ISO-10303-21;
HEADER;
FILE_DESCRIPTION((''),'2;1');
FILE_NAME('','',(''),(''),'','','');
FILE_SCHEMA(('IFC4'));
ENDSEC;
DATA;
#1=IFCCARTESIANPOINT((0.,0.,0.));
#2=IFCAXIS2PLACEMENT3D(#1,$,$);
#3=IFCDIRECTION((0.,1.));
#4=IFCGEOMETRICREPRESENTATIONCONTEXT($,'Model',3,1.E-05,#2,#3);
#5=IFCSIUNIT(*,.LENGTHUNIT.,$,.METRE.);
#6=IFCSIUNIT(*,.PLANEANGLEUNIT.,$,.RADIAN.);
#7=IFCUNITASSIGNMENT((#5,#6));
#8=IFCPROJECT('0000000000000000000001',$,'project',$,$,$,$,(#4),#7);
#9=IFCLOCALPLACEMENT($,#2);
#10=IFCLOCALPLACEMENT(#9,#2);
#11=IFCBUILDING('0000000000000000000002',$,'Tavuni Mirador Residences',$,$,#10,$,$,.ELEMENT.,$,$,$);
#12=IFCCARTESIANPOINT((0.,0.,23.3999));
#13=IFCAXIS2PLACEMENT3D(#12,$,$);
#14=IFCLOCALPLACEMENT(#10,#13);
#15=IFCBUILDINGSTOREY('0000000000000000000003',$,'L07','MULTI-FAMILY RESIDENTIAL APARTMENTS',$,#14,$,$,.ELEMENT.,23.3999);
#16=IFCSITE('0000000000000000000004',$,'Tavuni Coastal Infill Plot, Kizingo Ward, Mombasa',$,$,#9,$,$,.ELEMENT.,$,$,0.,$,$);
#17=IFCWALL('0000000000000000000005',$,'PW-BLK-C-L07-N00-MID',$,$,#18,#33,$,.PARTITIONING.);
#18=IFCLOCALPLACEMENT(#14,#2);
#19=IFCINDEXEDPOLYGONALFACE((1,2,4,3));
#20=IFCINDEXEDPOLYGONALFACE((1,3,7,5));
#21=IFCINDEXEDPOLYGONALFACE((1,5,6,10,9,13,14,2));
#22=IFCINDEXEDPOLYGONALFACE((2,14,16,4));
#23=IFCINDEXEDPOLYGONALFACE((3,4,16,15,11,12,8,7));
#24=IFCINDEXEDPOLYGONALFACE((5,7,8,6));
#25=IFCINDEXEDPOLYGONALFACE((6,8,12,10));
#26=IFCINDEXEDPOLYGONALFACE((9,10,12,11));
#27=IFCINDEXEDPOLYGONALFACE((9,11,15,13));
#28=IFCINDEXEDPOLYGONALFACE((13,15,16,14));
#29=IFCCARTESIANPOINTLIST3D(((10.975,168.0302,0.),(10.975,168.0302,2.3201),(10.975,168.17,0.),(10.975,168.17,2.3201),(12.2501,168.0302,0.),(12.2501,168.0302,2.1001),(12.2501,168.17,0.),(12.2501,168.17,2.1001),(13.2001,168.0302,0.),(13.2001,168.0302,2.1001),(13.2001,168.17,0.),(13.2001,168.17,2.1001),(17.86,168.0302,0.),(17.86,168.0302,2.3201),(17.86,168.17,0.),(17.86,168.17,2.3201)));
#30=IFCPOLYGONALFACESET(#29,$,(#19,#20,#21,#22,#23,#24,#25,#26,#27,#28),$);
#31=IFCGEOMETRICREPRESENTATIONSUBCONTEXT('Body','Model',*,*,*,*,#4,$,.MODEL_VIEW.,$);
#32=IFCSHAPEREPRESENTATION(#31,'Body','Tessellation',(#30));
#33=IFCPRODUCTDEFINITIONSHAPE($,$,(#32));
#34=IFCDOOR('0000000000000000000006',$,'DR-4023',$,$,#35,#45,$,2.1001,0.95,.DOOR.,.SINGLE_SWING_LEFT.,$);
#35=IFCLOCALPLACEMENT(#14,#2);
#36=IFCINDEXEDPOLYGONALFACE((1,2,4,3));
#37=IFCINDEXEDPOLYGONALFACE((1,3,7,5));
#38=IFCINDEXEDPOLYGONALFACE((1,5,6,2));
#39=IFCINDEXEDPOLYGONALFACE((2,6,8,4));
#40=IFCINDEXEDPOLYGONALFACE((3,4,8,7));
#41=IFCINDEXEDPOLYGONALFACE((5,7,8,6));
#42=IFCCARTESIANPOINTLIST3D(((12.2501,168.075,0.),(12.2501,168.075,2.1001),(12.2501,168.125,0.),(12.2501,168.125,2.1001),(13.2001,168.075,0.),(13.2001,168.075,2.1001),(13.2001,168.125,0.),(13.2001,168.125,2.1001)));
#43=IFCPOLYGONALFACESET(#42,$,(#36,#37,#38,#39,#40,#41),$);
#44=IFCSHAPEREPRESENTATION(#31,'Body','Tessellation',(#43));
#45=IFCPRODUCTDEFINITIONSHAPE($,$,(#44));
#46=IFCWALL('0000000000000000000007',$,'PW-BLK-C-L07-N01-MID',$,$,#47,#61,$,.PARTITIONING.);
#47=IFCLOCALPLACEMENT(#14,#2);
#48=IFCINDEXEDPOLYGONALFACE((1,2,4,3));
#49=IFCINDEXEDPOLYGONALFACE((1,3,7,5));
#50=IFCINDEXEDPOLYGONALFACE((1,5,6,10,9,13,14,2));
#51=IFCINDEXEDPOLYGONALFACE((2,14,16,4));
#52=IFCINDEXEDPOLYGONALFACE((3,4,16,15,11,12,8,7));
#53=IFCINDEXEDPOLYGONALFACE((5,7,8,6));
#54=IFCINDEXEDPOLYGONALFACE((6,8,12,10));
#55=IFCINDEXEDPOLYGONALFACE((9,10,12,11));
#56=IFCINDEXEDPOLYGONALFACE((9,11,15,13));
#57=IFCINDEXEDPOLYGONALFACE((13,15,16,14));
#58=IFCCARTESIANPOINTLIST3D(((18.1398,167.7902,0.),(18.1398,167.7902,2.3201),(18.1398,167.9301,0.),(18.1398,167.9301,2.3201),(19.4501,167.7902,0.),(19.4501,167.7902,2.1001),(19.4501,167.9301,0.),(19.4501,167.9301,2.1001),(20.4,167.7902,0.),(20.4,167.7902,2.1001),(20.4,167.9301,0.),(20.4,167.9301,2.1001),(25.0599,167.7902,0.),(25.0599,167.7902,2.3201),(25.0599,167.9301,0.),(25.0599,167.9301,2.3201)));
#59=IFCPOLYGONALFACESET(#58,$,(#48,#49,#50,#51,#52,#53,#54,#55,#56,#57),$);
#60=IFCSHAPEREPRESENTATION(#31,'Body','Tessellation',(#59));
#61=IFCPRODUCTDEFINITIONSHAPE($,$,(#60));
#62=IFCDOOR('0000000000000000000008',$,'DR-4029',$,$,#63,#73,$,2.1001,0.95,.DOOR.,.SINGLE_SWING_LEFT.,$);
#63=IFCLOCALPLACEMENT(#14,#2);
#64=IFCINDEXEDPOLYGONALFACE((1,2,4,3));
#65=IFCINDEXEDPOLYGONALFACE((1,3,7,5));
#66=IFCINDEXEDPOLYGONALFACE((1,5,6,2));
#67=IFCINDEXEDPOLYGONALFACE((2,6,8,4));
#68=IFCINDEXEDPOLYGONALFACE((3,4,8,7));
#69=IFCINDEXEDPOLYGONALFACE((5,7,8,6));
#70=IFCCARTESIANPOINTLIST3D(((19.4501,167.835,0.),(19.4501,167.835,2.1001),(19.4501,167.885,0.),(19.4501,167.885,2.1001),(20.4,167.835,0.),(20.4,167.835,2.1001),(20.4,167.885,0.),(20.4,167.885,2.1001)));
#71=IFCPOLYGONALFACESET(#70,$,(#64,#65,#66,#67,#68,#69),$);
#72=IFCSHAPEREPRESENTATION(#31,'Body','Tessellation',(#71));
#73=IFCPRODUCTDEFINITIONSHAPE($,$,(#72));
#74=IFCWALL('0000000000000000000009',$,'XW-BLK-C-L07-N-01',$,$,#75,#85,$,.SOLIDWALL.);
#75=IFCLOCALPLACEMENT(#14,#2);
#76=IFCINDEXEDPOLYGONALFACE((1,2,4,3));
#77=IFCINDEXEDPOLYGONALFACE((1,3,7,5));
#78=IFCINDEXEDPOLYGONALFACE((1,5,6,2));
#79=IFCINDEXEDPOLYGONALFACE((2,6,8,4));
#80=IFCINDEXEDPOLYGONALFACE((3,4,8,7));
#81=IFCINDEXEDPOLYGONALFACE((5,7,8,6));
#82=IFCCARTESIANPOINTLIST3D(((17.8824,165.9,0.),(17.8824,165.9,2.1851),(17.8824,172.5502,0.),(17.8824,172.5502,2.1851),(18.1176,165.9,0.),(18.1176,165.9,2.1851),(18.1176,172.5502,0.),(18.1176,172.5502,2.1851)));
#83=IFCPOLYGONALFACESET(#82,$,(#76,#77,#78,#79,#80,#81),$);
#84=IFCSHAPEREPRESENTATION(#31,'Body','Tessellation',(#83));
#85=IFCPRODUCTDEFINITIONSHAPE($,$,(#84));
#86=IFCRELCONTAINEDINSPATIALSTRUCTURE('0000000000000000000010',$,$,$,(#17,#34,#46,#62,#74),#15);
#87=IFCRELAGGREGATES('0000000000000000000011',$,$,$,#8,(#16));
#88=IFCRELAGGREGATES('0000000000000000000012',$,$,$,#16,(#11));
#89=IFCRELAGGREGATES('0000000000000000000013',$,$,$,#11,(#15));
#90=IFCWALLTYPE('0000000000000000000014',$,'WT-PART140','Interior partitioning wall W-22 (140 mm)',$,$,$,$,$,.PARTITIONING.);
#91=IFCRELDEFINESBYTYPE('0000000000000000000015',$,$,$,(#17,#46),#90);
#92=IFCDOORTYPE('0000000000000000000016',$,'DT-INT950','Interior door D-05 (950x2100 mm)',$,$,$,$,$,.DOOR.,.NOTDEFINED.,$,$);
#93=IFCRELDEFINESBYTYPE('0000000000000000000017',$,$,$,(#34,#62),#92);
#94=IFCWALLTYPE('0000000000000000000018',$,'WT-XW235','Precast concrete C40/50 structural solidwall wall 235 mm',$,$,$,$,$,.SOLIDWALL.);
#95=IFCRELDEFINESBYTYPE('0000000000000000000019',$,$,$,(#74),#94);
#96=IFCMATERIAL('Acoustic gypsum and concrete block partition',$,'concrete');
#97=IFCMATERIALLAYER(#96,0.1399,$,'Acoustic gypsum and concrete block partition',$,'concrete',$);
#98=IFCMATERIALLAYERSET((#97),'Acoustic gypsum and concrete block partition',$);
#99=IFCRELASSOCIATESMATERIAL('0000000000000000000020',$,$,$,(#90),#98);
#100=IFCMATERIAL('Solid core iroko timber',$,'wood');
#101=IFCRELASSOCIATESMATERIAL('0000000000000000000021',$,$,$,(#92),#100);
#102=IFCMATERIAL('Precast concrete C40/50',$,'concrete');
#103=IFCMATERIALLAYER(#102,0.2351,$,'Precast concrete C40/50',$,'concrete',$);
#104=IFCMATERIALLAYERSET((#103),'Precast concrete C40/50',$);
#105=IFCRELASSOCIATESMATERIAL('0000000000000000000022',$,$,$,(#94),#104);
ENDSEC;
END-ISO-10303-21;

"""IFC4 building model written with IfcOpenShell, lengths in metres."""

from ifc_helpers import new_model, si_unit, direction, frame, frame_2d, origin, place, context, subcontext, project, spatial, rectangle, extrude, material, layer, layer_set, type_object, element, fill, save


model = new_model("IFC4")

# Units and contexts
model_context = context("Model", 3, precision=1e-05, world=origin(), true_north=direction((0.0, 1.0)))
body_context = subcontext(model_context, "Body", "Model", "MODEL_VIEW")
ifc_project = project(units=[si_unit("LENGTHUNIT", "METRE"), si_unit("PLANEANGLEUNIT", "RADIAN")], contexts=[model_context])

# Site, building, storey
site_placement = place(None, origin())
site = spatial("IfcSite", under=ifc_project, at=site_placement, Name="Tavuni Coastal Infill Plot, Kizingo Ward, Mombasa", CompositionType="ELEMENT", RefElevation=0.0)
building_placement = place(site_placement, origin())
building = spatial("IfcBuilding", under=site, at=building_placement, Name="Tavuni Mirador Residences", CompositionType="ELEMENT")
storey_placement = place(building_placement, frame((0.0, 0.0, 23.3999)))
storey = spatial("IfcBuildingStorey", under=building, at=storey_placement, Name="L07", Description="MULTI-FAMILY RESIDENTIAL APARTMENTS", CompositionType="ELEMENT", Elevation=23.3999)

# Shared definitions
ifc_material_1 = material(Name="Precast concrete C40/50", Category="concrete")

# Shared definitions
ifc_material_2 = material(Name="Solid core iroko timber", Category="wood")

# Walls, openings, doors
ifc_material_3 = material(Name="Acoustic gypsum and concrete block partition", Category="concrete")
ifc_layer_1 = layer(ifc_material_3, 0.1399, Name="Acoustic gypsum and concrete block partition", Category="concrete")
ifc_layer_set_1 = layer_set([ifc_layer_1], Name="Acoustic gypsum and concrete block partition")
wall_type_1 = type_object("IfcWallType", Name="WT-PART140", Description="Interior partitioning wall W-22 (140 mm)", PredefinedType="PARTITIONING", material=ifc_layer_set_1)
wall_1_placement = place(storey_placement, frame((10.9751, 168.1001, 0.0), z_axis=(0.0, 0.0, 1.0), x_axis=(1.0, 0.0, 0.0)))
wall_1 = element("IfcWall", 1, at=wall_1_placement, inside=storey, type_object=wall_type_1, Name="PW-BLK-C-L07-N00-MID", PredefinedType="PARTITIONING", context=body_context, shape_type="SweptSolid", body=[
    extrude(rectangle(XDim=6.885, YDim=0.1399, at=frame_2d((3.4424, 0.0))), origin(), (0.0, 0.0, 1.0), 2.3201),
])
opening_1_placement = place(wall_1_placement, frame((1.2749, 0.0, 0.0)))
opening_1 = element("IfcOpeningElement", 2, at=opening_1_placement, cuts=wall_1, PredefinedType="OPENING", context=body_context, shape_type="SweptSolid", body=[
    extrude(rectangle(XDim=0.95, YDim=2.1001, at=frame_2d((0.4751, 1.05))), frame((0.0, 0.0801, 0.0), z_axis=(0.0, -1.0, 0.0), x_axis=(1.0, 0.0, 0.0)), (0.0, 0.0, 1.0), 0.1599),
])
door_type_1 = type_object("IfcDoorType", Name="DT-INT950", Description="Interior door D-05 (950x2100 mm)", OperationType="NOTDEFINED", PredefinedType="DOOR", material=ifc_material_2)
door_1_placement = place(opening_1_placement, origin())
door_1 = element("IfcDoor", 3, at=door_1_placement, inside=storey, type_object=door_type_1, Name="DR-4023", OperationType="SINGLE_SWING_LEFT", OverallHeight=2.1001, OverallWidth=0.95, PredefinedType="DOOR", context=body_context, shape_type="SweptSolid", body=[
    extrude(rectangle(XDim=0.95, YDim=2.1001, at=frame_2d((0.4751, 1.05))), frame((0.0, 0.0249, 0.0), z_axis=(0.0, -1.0, 0.0), x_axis=(1.0, 0.0, 0.0)), (0.0, 0.0, 1.0), 0.05),
])
fill(opening_1, door_1)
wall_2_placement = place(storey_placement, frame((18.1399, 167.8601, 0.0), z_axis=(0.0, 0.0, 1.0), x_axis=(1.0, 0.0, 0.0)))
wall_2 = element("IfcWall", 4, at=wall_2_placement, inside=storey, type_object=wall_type_1, Name="PW-BLK-C-L07-N01-MID", PredefinedType="PARTITIONING", context=body_context, shape_type="SweptSolid", body=[
    extrude(rectangle(XDim=6.9202, YDim=0.1399, at=frame_2d((3.46, 0.0))), origin(), (0.0, 0.0, 1.0), 2.3201),
])
opening_2_placement = place(wall_2_placement, frame((1.3101, 0.0, 0.0)))
opening_2 = element("IfcOpeningElement", 5, at=opening_2_placement, cuts=wall_2, PredefinedType="OPENING", context=body_context, shape_type="SweptSolid", body=[
    extrude(rectangle(XDim=0.95, YDim=2.1001, at=frame_2d((0.4751, 1.05))), frame((0.0, 0.0801, 0.0), z_axis=(0.0, -1.0, 0.0), x_axis=(1.0, 0.0, 0.0)), (0.0, 0.0, 1.0), 0.1599),
])
door_2_placement = place(opening_2_placement, origin())
door_2 = element("IfcDoor", 6, at=door_2_placement, inside=storey, type_object=door_type_1, Name="DR-4029", OperationType="SINGLE_SWING_LEFT", OverallHeight=2.1001, OverallWidth=0.95, PredefinedType="DOOR", context=body_context, shape_type="SweptSolid", body=[
    extrude(rectangle(XDim=0.95, YDim=2.1001, at=frame_2d((0.4751, 1.05))), frame((0.0, 0.0249, 0.0), z_axis=(0.0, -1.0, 0.0), x_axis=(1.0, 0.0, 0.0)), (0.0, 0.0, 1.0), 0.05),
])
fill(opening_2, door_2)

# Wall
ifc_layer_2 = layer(ifc_material_1, 0.2351, Name="Precast concrete C40/50", Category="concrete")
ifc_layer_set_2 = layer_set([ifc_layer_2], Name="Precast concrete C40/50")
wall_type_2 = type_object("IfcWallType", Name="WT-XW235", Description="Precast concrete C40/50 structural solidwall wall 235 mm", PredefinedType="SOLIDWALL", material=ifc_layer_set_2)
wall_3_placement = place(storey_placement, frame((18.0, 165.8999, 0.0), z_axis=(0.0, 0.0, 1.0), x_axis=(0.0, 1.0, 0.0)))
element("IfcWall", 7, at=wall_3_placement, inside=storey, type_object=wall_type_2, Name="XW-BLK-C-L07-N-01", PredefinedType="SOLIDWALL", context=body_context, shape_type="SweptSolid", body=[
    extrude(rectangle(XDim=6.6501, YDim=0.2351, at=frame_2d((3.3252, 0.0))), origin(), (0.0, 0.0, 1.0), 2.1851),
])

save(model, "model.ifc")
